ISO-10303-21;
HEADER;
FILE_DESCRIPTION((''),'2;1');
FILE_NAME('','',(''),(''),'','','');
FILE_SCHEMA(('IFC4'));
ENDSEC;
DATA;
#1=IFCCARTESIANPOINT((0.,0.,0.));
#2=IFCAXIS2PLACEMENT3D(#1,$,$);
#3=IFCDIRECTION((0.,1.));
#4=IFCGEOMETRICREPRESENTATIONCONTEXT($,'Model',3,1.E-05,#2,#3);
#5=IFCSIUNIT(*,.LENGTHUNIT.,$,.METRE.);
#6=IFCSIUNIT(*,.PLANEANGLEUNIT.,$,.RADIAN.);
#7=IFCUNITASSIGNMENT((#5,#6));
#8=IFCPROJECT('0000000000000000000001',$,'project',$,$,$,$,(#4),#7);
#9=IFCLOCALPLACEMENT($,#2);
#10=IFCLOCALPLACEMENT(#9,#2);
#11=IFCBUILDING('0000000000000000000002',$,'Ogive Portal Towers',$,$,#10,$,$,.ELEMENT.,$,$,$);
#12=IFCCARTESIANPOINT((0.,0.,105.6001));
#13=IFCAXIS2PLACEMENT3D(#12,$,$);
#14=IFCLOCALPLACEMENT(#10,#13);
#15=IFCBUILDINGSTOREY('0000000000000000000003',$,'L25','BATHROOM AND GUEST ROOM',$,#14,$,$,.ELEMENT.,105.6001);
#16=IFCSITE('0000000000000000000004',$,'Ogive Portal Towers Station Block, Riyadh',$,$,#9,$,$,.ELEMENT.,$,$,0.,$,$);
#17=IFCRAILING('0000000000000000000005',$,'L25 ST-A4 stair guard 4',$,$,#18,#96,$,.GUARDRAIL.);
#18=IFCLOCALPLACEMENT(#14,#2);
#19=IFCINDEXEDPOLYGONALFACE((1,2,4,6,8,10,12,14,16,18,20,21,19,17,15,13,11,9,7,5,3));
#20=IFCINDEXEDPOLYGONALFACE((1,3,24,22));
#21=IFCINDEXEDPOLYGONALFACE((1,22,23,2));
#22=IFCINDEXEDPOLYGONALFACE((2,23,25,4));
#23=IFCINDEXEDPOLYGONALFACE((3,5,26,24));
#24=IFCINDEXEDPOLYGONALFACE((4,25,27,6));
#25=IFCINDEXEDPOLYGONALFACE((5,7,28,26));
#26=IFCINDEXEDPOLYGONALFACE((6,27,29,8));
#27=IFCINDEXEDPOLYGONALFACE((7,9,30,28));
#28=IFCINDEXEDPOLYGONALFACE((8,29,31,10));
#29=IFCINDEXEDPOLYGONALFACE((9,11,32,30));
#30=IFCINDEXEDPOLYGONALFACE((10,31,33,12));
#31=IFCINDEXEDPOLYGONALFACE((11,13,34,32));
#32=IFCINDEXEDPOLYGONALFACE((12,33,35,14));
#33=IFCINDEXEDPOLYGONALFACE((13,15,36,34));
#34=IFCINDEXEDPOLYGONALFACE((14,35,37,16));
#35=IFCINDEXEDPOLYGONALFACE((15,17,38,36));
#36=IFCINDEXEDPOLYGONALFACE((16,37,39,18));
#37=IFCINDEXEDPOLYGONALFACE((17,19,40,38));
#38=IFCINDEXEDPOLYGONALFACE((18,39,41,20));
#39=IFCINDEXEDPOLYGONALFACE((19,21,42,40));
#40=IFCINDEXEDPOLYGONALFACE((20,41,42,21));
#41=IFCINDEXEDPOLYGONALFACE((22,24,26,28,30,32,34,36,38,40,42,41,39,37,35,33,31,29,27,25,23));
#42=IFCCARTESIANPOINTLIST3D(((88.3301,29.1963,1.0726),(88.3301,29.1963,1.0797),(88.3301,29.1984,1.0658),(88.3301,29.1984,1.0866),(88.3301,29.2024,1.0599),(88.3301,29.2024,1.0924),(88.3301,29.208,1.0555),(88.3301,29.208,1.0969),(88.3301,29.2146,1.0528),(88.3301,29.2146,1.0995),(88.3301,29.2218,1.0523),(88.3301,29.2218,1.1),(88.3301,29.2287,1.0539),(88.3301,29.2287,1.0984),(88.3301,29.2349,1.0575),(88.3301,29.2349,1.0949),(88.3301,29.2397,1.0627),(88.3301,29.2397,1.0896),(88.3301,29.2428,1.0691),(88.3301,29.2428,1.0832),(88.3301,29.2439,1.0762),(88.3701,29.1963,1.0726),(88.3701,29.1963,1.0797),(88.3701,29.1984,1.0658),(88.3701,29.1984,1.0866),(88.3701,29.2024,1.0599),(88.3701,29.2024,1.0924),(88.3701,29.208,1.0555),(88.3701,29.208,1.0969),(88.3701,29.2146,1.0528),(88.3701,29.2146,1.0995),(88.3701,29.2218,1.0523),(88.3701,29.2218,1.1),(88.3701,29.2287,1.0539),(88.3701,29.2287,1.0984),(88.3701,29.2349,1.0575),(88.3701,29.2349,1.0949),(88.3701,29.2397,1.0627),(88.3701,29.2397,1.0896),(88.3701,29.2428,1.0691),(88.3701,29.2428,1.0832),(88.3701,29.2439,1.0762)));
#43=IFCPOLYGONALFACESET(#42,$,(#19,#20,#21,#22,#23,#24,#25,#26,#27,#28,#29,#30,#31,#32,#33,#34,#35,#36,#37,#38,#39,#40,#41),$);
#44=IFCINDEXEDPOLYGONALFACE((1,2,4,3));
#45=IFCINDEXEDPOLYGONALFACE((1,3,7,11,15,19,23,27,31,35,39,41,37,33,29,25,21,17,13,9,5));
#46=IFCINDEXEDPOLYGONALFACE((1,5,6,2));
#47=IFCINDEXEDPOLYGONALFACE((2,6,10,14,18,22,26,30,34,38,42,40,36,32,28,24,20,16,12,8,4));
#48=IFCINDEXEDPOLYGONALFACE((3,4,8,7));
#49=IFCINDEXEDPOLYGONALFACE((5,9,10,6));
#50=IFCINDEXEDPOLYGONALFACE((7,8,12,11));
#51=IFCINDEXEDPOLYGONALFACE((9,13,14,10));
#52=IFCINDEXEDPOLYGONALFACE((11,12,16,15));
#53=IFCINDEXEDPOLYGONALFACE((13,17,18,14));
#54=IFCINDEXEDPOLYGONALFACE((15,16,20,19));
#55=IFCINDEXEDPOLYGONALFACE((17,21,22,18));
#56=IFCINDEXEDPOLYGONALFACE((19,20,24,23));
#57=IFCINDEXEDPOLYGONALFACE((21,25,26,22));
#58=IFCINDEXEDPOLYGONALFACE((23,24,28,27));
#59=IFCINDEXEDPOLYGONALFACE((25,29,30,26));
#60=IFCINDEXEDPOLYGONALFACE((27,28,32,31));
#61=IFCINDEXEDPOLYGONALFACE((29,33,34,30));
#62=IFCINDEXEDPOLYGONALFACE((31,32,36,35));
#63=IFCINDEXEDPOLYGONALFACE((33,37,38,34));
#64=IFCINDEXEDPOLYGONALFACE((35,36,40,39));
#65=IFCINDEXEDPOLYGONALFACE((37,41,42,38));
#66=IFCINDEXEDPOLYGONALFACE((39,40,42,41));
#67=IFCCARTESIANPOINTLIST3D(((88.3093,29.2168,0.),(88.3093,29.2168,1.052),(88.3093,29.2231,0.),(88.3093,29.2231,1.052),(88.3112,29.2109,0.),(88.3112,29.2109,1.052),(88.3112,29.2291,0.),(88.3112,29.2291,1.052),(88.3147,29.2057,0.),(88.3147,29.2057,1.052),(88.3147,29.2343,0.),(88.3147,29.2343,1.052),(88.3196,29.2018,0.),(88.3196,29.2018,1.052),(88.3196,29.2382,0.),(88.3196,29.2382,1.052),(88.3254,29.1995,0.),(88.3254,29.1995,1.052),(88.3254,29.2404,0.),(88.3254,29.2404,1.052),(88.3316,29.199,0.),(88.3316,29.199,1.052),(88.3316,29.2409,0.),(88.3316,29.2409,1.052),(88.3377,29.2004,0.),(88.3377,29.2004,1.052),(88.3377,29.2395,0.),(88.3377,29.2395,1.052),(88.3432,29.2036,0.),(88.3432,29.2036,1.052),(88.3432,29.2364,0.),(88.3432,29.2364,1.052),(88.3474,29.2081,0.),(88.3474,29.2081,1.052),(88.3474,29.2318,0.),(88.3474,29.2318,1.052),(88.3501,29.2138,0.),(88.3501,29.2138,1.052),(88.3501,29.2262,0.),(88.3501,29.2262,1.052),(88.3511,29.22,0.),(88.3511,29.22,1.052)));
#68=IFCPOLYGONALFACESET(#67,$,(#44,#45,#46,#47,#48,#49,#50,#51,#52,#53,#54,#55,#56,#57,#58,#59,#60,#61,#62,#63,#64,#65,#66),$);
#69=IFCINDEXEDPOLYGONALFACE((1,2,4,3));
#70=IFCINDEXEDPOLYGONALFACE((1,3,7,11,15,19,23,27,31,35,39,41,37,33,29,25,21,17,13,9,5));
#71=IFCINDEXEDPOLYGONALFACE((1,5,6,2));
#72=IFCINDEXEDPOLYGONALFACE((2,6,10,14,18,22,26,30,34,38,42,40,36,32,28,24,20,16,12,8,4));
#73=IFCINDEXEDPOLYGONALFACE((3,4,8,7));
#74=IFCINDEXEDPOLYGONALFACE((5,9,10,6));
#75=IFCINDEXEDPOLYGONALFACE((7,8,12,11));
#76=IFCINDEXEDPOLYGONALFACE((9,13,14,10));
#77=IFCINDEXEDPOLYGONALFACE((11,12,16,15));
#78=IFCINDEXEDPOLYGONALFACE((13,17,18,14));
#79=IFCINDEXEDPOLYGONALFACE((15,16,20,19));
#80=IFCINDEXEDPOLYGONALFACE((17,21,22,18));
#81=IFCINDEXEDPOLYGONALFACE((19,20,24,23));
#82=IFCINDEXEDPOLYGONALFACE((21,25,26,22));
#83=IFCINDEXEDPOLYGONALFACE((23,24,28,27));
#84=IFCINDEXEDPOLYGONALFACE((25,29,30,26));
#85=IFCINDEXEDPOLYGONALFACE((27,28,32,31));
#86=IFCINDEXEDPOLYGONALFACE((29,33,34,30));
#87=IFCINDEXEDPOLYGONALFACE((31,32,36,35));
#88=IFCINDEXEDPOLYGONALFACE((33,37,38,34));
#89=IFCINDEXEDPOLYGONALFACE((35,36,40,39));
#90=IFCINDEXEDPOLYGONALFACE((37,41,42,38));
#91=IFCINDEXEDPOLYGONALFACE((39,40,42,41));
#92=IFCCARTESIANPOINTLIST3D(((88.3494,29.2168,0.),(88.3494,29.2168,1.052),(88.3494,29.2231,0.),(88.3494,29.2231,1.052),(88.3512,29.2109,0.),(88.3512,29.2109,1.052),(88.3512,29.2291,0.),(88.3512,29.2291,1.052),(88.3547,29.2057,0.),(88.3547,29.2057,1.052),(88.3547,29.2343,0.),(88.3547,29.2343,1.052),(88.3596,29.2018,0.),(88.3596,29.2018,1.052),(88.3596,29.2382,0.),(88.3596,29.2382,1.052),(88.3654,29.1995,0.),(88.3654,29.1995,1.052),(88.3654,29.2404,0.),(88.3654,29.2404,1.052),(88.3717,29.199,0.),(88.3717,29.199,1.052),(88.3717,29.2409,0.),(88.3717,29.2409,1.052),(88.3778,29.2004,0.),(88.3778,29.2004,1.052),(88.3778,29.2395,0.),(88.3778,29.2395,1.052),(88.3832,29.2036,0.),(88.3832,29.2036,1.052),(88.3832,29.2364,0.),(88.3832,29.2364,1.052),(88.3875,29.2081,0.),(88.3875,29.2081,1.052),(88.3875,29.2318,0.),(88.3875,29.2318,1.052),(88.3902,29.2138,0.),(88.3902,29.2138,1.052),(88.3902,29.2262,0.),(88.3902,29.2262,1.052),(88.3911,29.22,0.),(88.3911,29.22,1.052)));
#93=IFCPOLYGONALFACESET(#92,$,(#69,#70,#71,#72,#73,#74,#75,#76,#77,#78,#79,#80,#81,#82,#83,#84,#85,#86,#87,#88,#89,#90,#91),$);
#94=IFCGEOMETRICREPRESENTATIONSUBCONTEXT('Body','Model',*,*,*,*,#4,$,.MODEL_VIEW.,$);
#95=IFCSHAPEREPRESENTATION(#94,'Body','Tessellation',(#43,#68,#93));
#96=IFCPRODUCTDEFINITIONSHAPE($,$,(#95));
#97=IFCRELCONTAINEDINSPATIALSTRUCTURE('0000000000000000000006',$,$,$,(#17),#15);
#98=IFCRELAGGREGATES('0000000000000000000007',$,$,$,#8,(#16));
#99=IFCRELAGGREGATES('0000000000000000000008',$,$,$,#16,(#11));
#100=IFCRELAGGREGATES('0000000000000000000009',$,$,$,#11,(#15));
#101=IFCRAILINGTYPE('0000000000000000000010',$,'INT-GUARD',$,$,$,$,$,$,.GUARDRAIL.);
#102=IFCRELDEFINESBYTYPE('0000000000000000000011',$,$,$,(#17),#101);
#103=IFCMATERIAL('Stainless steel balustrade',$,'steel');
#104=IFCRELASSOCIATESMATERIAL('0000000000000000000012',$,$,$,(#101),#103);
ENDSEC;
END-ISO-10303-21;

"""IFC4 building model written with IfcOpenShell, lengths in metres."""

from ifc_helpers import new_model, si_unit, direction, frame, origin, origin_2d, place, context, subcontext, project, spatial, circle, extrude, material, type_object, element, save


model = new_model("IFC4")

# Units and contexts
model_context = context("Model", 3, precision=1e-05, world=origin(), true_north=direction((0.0, 1.0)))
body_context = subcontext(model_context, "Body", "Model", "MODEL_VIEW")
ifc_project = project(units=[si_unit("LENGTHUNIT", "METRE"), si_unit("PLANEANGLEUNIT", "RADIAN")], contexts=[model_context])

# Site, building, storey
site_placement = place(None, origin())
site = spatial("IfcSite", under=ifc_project, at=site_placement, Name="Ogive Portal Towers Station Block, Riyadh", CompositionType="ELEMENT", RefElevation=0.0)
building_placement = place(site_placement, origin())
building = spatial("IfcBuilding", under=site, at=building_placement, Name="Ogive Portal Towers", CompositionType="ELEMENT")
storey_placement = place(building_placement, frame((0.0, 0.0, 105.6001)))
storey = spatial("IfcBuildingStorey", under=building, at=storey_placement, Name="L25", Description="BATHROOM AND GUEST ROOM", CompositionType="ELEMENT", Elevation=105.6001)

# Railing
ifc_material_1 = material(Name="Stainless steel balustrade", Category="steel")
railing_type_1 = type_object("IfcRailingType", Name="INT-GUARD", PredefinedType="GUARDRAIL", material=ifc_material_1)
railing_1_placement = place(storey_placement, frame((88.3301, 29.22, 0.0)))
element("IfcRailing", 1, at=railing_1_placement, inside=storey, type_object=railing_type_1, Name="L25 ST-A4 stair guard 4", PredefinedType="GUARDRAIL", context=body_context, shape_type="SweptSolid", body=[
    extrude(circle(Radius=0.0239, at=origin_2d()), frame((0.0, 0.0, 1.0762), z_axis=(1.0, 0.0, 0.0), x_axis=(0.0, 1.0, 0.0)), (0.0, 0.0, 1.0), 0.04),
    extrude(circle(Radius=0.021, at=origin_2d()), origin(), (0.0, 0.0, 1.0), 1.052),
    extrude(circle(Radius=0.021, at=origin_2d()), frame((0.04, 0.0, 0.0)), (0.0, 0.0, 1.0), 1.052),
])

save(model, "model.ifc")
